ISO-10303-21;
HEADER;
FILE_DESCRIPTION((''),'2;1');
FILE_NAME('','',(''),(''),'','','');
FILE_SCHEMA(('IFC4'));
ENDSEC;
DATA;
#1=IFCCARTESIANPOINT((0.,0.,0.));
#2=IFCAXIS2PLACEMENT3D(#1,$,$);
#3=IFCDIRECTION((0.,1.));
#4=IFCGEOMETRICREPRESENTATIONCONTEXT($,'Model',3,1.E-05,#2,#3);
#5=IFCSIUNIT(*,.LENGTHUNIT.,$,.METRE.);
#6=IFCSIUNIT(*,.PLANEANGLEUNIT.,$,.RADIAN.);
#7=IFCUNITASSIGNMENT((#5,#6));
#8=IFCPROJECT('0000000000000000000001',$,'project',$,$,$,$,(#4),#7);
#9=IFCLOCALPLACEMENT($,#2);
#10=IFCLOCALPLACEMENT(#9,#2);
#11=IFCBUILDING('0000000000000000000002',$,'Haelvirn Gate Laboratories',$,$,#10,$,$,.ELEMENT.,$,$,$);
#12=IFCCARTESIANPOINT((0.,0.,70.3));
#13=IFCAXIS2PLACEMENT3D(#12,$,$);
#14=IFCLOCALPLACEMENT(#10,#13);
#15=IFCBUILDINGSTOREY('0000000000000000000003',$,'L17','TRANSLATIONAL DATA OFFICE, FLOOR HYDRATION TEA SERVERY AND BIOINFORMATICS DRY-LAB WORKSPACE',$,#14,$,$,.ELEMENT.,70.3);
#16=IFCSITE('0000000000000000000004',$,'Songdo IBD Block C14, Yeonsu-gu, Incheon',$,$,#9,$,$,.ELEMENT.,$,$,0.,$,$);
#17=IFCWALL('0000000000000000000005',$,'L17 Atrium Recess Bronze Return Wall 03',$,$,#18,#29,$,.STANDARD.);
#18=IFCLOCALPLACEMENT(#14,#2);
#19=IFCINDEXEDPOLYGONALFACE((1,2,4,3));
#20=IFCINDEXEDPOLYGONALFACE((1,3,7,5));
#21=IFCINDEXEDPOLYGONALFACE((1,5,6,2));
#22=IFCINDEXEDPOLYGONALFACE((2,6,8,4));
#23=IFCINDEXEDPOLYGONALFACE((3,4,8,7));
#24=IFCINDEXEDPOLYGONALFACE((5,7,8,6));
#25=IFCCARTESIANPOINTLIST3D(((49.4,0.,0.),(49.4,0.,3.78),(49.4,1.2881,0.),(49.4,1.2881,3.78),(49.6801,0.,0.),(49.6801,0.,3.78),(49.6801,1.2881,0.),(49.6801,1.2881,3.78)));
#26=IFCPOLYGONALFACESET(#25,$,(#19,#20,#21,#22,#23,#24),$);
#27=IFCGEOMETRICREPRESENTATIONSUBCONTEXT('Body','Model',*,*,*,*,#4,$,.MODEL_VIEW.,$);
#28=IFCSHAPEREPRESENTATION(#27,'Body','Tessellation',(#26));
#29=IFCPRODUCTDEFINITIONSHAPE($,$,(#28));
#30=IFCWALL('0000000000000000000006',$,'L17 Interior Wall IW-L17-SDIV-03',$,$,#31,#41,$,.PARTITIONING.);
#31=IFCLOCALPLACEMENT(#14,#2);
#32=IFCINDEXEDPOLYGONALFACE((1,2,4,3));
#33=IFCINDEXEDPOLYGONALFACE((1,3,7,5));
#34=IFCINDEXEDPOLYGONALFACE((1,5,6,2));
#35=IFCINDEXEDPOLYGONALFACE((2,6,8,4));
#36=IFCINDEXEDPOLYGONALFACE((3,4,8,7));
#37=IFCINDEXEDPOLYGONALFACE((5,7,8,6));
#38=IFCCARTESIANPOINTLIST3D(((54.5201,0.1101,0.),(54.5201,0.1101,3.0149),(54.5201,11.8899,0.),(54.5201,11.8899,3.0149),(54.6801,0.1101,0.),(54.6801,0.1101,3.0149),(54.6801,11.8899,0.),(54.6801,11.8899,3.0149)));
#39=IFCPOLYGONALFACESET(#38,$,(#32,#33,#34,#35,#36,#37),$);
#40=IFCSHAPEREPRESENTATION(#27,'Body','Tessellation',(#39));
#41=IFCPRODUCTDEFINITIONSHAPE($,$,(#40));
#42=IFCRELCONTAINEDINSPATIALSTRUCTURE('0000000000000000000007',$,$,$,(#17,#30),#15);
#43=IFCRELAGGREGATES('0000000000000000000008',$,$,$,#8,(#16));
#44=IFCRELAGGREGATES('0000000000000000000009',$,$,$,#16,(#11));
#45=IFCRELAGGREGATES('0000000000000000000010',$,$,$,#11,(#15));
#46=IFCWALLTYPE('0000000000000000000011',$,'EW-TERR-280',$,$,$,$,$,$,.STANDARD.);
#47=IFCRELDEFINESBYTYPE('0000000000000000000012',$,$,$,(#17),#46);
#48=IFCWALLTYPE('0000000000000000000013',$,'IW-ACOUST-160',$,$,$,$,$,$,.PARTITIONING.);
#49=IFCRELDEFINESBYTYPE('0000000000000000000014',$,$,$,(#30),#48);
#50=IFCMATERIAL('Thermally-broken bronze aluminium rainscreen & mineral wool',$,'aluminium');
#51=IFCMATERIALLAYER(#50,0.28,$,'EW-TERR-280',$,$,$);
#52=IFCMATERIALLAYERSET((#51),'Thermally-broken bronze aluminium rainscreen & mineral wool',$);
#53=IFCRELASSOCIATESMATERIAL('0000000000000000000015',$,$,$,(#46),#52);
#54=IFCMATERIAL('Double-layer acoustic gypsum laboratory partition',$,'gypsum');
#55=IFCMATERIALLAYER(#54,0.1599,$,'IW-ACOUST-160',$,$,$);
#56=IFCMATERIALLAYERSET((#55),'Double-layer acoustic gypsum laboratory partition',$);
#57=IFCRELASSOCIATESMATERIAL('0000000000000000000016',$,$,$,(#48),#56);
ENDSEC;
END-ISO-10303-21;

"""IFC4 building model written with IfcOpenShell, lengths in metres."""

from ifc_helpers import new_model, si_unit, direction, frame, frame_2d, origin, place, context, subcontext, project, spatial, rectangle, extrude, material, layer, layer_set, type_object, element, save


model = new_model("IFC4")

# Units and contexts
model_context = context("Model", 3, precision=1e-05, world=origin(), true_north=direction((0.0, 1.0)))
body_context = subcontext(model_context, "Body", "Model", "MODEL_VIEW")
ifc_project = project(units=[si_unit("LENGTHUNIT", "METRE"), si_unit("PLANEANGLEUNIT", "RADIAN")], contexts=[model_context])

# Site, building, storey
site_placement = place(None, origin())
site = spatial("IfcSite", under=ifc_project, at=site_placement, Name="Songdo IBD Block C14, Yeonsu-gu, Incheon", CompositionType="ELEMENT", RefElevation=0.0)
building_placement = place(site_placement, origin())
building = spatial("IfcBuilding", under=site, at=building_placement, Name="Haelvirn Gate Laboratories", CompositionType="ELEMENT")
storey_placement = place(building_placement, frame((0.0, 0.0, 70.3)))
storey = spatial("IfcBuildingStorey", under=building, at=storey_placement, Name="L17", Description="TRANSLATIONAL DATA OFFICE, FLOOR HYDRATION TEA SERVERY AND BIOINFORMATICS DRY-LAB WORKSPACE", CompositionType="ELEMENT", Elevation=70.3)

# Walls
ifc_material_1 = material(Name="Thermally-broken bronze aluminium rainscreen & mineral wool", Category="aluminium")
ifc_layer_1 = layer(ifc_material_1, 0.28, Name="EW-TERR-280")
ifc_layer_set_1 = layer_set([ifc_layer_1], Name="Thermally-broken bronze aluminium rainscreen & mineral wool")
wall_type_1 = type_object("IfcWallType", Name="EW-TERR-280", PredefinedType="STANDARD", material=ifc_layer_set_1)
wall_1_placement = place(storey_placement, frame((49.54, 1.2881, 0.0), z_axis=(0.0, 0.0, 1.0), x_axis=(0.0, -1.0, 0.0)))
element("IfcWall", 1, at=wall_1_placement, inside=storey, type_object=wall_type_1, Name="L17 Atrium Recess Bronze Return Wall 03", PredefinedType="STANDARD", context=body_context, shape_type="SweptSolid", body=[
    extrude(rectangle(XDim=1.2881, YDim=0.28, at=frame_2d((0.644, 0.0))), origin(), (0.0, 0.0, 1.0), 3.78),
])
ifc_material_2 = material(Name="Double-layer acoustic gypsum laboratory partition", Category="gypsum")
ifc_layer_2 = layer(ifc_material_2, 0.1599, Name="IW-ACOUST-160")
ifc_layer_set_2 = layer_set([ifc_layer_2], Name="Double-layer acoustic gypsum laboratory partition")
wall_type_2 = type_object("IfcWallType", Name="IW-ACOUST-160", PredefinedType="PARTITIONING", material=ifc_layer_set_2)
wall_2_placement = place(storey_placement, frame((54.6001, 0.1101, 0.0), z_axis=(0.0, 0.0, 1.0), x_axis=(0.0, 1.0, 0.0)))
element("IfcWall", 2, at=wall_2_placement, inside=storey, type_object=wall_type_2, Name="L17 Interior Wall IW-L17-SDIV-03", PredefinedType="PARTITIONING", context=body_context, shape_type="SweptSolid", body=[
    extrude(rectangle(XDim=11.7798, YDim=0.1599, at=frame_2d((5.8899, 0.0))), origin(), (0.0, 0.0, 1.0), 3.0149),
])

save(model, "model.ifc")
